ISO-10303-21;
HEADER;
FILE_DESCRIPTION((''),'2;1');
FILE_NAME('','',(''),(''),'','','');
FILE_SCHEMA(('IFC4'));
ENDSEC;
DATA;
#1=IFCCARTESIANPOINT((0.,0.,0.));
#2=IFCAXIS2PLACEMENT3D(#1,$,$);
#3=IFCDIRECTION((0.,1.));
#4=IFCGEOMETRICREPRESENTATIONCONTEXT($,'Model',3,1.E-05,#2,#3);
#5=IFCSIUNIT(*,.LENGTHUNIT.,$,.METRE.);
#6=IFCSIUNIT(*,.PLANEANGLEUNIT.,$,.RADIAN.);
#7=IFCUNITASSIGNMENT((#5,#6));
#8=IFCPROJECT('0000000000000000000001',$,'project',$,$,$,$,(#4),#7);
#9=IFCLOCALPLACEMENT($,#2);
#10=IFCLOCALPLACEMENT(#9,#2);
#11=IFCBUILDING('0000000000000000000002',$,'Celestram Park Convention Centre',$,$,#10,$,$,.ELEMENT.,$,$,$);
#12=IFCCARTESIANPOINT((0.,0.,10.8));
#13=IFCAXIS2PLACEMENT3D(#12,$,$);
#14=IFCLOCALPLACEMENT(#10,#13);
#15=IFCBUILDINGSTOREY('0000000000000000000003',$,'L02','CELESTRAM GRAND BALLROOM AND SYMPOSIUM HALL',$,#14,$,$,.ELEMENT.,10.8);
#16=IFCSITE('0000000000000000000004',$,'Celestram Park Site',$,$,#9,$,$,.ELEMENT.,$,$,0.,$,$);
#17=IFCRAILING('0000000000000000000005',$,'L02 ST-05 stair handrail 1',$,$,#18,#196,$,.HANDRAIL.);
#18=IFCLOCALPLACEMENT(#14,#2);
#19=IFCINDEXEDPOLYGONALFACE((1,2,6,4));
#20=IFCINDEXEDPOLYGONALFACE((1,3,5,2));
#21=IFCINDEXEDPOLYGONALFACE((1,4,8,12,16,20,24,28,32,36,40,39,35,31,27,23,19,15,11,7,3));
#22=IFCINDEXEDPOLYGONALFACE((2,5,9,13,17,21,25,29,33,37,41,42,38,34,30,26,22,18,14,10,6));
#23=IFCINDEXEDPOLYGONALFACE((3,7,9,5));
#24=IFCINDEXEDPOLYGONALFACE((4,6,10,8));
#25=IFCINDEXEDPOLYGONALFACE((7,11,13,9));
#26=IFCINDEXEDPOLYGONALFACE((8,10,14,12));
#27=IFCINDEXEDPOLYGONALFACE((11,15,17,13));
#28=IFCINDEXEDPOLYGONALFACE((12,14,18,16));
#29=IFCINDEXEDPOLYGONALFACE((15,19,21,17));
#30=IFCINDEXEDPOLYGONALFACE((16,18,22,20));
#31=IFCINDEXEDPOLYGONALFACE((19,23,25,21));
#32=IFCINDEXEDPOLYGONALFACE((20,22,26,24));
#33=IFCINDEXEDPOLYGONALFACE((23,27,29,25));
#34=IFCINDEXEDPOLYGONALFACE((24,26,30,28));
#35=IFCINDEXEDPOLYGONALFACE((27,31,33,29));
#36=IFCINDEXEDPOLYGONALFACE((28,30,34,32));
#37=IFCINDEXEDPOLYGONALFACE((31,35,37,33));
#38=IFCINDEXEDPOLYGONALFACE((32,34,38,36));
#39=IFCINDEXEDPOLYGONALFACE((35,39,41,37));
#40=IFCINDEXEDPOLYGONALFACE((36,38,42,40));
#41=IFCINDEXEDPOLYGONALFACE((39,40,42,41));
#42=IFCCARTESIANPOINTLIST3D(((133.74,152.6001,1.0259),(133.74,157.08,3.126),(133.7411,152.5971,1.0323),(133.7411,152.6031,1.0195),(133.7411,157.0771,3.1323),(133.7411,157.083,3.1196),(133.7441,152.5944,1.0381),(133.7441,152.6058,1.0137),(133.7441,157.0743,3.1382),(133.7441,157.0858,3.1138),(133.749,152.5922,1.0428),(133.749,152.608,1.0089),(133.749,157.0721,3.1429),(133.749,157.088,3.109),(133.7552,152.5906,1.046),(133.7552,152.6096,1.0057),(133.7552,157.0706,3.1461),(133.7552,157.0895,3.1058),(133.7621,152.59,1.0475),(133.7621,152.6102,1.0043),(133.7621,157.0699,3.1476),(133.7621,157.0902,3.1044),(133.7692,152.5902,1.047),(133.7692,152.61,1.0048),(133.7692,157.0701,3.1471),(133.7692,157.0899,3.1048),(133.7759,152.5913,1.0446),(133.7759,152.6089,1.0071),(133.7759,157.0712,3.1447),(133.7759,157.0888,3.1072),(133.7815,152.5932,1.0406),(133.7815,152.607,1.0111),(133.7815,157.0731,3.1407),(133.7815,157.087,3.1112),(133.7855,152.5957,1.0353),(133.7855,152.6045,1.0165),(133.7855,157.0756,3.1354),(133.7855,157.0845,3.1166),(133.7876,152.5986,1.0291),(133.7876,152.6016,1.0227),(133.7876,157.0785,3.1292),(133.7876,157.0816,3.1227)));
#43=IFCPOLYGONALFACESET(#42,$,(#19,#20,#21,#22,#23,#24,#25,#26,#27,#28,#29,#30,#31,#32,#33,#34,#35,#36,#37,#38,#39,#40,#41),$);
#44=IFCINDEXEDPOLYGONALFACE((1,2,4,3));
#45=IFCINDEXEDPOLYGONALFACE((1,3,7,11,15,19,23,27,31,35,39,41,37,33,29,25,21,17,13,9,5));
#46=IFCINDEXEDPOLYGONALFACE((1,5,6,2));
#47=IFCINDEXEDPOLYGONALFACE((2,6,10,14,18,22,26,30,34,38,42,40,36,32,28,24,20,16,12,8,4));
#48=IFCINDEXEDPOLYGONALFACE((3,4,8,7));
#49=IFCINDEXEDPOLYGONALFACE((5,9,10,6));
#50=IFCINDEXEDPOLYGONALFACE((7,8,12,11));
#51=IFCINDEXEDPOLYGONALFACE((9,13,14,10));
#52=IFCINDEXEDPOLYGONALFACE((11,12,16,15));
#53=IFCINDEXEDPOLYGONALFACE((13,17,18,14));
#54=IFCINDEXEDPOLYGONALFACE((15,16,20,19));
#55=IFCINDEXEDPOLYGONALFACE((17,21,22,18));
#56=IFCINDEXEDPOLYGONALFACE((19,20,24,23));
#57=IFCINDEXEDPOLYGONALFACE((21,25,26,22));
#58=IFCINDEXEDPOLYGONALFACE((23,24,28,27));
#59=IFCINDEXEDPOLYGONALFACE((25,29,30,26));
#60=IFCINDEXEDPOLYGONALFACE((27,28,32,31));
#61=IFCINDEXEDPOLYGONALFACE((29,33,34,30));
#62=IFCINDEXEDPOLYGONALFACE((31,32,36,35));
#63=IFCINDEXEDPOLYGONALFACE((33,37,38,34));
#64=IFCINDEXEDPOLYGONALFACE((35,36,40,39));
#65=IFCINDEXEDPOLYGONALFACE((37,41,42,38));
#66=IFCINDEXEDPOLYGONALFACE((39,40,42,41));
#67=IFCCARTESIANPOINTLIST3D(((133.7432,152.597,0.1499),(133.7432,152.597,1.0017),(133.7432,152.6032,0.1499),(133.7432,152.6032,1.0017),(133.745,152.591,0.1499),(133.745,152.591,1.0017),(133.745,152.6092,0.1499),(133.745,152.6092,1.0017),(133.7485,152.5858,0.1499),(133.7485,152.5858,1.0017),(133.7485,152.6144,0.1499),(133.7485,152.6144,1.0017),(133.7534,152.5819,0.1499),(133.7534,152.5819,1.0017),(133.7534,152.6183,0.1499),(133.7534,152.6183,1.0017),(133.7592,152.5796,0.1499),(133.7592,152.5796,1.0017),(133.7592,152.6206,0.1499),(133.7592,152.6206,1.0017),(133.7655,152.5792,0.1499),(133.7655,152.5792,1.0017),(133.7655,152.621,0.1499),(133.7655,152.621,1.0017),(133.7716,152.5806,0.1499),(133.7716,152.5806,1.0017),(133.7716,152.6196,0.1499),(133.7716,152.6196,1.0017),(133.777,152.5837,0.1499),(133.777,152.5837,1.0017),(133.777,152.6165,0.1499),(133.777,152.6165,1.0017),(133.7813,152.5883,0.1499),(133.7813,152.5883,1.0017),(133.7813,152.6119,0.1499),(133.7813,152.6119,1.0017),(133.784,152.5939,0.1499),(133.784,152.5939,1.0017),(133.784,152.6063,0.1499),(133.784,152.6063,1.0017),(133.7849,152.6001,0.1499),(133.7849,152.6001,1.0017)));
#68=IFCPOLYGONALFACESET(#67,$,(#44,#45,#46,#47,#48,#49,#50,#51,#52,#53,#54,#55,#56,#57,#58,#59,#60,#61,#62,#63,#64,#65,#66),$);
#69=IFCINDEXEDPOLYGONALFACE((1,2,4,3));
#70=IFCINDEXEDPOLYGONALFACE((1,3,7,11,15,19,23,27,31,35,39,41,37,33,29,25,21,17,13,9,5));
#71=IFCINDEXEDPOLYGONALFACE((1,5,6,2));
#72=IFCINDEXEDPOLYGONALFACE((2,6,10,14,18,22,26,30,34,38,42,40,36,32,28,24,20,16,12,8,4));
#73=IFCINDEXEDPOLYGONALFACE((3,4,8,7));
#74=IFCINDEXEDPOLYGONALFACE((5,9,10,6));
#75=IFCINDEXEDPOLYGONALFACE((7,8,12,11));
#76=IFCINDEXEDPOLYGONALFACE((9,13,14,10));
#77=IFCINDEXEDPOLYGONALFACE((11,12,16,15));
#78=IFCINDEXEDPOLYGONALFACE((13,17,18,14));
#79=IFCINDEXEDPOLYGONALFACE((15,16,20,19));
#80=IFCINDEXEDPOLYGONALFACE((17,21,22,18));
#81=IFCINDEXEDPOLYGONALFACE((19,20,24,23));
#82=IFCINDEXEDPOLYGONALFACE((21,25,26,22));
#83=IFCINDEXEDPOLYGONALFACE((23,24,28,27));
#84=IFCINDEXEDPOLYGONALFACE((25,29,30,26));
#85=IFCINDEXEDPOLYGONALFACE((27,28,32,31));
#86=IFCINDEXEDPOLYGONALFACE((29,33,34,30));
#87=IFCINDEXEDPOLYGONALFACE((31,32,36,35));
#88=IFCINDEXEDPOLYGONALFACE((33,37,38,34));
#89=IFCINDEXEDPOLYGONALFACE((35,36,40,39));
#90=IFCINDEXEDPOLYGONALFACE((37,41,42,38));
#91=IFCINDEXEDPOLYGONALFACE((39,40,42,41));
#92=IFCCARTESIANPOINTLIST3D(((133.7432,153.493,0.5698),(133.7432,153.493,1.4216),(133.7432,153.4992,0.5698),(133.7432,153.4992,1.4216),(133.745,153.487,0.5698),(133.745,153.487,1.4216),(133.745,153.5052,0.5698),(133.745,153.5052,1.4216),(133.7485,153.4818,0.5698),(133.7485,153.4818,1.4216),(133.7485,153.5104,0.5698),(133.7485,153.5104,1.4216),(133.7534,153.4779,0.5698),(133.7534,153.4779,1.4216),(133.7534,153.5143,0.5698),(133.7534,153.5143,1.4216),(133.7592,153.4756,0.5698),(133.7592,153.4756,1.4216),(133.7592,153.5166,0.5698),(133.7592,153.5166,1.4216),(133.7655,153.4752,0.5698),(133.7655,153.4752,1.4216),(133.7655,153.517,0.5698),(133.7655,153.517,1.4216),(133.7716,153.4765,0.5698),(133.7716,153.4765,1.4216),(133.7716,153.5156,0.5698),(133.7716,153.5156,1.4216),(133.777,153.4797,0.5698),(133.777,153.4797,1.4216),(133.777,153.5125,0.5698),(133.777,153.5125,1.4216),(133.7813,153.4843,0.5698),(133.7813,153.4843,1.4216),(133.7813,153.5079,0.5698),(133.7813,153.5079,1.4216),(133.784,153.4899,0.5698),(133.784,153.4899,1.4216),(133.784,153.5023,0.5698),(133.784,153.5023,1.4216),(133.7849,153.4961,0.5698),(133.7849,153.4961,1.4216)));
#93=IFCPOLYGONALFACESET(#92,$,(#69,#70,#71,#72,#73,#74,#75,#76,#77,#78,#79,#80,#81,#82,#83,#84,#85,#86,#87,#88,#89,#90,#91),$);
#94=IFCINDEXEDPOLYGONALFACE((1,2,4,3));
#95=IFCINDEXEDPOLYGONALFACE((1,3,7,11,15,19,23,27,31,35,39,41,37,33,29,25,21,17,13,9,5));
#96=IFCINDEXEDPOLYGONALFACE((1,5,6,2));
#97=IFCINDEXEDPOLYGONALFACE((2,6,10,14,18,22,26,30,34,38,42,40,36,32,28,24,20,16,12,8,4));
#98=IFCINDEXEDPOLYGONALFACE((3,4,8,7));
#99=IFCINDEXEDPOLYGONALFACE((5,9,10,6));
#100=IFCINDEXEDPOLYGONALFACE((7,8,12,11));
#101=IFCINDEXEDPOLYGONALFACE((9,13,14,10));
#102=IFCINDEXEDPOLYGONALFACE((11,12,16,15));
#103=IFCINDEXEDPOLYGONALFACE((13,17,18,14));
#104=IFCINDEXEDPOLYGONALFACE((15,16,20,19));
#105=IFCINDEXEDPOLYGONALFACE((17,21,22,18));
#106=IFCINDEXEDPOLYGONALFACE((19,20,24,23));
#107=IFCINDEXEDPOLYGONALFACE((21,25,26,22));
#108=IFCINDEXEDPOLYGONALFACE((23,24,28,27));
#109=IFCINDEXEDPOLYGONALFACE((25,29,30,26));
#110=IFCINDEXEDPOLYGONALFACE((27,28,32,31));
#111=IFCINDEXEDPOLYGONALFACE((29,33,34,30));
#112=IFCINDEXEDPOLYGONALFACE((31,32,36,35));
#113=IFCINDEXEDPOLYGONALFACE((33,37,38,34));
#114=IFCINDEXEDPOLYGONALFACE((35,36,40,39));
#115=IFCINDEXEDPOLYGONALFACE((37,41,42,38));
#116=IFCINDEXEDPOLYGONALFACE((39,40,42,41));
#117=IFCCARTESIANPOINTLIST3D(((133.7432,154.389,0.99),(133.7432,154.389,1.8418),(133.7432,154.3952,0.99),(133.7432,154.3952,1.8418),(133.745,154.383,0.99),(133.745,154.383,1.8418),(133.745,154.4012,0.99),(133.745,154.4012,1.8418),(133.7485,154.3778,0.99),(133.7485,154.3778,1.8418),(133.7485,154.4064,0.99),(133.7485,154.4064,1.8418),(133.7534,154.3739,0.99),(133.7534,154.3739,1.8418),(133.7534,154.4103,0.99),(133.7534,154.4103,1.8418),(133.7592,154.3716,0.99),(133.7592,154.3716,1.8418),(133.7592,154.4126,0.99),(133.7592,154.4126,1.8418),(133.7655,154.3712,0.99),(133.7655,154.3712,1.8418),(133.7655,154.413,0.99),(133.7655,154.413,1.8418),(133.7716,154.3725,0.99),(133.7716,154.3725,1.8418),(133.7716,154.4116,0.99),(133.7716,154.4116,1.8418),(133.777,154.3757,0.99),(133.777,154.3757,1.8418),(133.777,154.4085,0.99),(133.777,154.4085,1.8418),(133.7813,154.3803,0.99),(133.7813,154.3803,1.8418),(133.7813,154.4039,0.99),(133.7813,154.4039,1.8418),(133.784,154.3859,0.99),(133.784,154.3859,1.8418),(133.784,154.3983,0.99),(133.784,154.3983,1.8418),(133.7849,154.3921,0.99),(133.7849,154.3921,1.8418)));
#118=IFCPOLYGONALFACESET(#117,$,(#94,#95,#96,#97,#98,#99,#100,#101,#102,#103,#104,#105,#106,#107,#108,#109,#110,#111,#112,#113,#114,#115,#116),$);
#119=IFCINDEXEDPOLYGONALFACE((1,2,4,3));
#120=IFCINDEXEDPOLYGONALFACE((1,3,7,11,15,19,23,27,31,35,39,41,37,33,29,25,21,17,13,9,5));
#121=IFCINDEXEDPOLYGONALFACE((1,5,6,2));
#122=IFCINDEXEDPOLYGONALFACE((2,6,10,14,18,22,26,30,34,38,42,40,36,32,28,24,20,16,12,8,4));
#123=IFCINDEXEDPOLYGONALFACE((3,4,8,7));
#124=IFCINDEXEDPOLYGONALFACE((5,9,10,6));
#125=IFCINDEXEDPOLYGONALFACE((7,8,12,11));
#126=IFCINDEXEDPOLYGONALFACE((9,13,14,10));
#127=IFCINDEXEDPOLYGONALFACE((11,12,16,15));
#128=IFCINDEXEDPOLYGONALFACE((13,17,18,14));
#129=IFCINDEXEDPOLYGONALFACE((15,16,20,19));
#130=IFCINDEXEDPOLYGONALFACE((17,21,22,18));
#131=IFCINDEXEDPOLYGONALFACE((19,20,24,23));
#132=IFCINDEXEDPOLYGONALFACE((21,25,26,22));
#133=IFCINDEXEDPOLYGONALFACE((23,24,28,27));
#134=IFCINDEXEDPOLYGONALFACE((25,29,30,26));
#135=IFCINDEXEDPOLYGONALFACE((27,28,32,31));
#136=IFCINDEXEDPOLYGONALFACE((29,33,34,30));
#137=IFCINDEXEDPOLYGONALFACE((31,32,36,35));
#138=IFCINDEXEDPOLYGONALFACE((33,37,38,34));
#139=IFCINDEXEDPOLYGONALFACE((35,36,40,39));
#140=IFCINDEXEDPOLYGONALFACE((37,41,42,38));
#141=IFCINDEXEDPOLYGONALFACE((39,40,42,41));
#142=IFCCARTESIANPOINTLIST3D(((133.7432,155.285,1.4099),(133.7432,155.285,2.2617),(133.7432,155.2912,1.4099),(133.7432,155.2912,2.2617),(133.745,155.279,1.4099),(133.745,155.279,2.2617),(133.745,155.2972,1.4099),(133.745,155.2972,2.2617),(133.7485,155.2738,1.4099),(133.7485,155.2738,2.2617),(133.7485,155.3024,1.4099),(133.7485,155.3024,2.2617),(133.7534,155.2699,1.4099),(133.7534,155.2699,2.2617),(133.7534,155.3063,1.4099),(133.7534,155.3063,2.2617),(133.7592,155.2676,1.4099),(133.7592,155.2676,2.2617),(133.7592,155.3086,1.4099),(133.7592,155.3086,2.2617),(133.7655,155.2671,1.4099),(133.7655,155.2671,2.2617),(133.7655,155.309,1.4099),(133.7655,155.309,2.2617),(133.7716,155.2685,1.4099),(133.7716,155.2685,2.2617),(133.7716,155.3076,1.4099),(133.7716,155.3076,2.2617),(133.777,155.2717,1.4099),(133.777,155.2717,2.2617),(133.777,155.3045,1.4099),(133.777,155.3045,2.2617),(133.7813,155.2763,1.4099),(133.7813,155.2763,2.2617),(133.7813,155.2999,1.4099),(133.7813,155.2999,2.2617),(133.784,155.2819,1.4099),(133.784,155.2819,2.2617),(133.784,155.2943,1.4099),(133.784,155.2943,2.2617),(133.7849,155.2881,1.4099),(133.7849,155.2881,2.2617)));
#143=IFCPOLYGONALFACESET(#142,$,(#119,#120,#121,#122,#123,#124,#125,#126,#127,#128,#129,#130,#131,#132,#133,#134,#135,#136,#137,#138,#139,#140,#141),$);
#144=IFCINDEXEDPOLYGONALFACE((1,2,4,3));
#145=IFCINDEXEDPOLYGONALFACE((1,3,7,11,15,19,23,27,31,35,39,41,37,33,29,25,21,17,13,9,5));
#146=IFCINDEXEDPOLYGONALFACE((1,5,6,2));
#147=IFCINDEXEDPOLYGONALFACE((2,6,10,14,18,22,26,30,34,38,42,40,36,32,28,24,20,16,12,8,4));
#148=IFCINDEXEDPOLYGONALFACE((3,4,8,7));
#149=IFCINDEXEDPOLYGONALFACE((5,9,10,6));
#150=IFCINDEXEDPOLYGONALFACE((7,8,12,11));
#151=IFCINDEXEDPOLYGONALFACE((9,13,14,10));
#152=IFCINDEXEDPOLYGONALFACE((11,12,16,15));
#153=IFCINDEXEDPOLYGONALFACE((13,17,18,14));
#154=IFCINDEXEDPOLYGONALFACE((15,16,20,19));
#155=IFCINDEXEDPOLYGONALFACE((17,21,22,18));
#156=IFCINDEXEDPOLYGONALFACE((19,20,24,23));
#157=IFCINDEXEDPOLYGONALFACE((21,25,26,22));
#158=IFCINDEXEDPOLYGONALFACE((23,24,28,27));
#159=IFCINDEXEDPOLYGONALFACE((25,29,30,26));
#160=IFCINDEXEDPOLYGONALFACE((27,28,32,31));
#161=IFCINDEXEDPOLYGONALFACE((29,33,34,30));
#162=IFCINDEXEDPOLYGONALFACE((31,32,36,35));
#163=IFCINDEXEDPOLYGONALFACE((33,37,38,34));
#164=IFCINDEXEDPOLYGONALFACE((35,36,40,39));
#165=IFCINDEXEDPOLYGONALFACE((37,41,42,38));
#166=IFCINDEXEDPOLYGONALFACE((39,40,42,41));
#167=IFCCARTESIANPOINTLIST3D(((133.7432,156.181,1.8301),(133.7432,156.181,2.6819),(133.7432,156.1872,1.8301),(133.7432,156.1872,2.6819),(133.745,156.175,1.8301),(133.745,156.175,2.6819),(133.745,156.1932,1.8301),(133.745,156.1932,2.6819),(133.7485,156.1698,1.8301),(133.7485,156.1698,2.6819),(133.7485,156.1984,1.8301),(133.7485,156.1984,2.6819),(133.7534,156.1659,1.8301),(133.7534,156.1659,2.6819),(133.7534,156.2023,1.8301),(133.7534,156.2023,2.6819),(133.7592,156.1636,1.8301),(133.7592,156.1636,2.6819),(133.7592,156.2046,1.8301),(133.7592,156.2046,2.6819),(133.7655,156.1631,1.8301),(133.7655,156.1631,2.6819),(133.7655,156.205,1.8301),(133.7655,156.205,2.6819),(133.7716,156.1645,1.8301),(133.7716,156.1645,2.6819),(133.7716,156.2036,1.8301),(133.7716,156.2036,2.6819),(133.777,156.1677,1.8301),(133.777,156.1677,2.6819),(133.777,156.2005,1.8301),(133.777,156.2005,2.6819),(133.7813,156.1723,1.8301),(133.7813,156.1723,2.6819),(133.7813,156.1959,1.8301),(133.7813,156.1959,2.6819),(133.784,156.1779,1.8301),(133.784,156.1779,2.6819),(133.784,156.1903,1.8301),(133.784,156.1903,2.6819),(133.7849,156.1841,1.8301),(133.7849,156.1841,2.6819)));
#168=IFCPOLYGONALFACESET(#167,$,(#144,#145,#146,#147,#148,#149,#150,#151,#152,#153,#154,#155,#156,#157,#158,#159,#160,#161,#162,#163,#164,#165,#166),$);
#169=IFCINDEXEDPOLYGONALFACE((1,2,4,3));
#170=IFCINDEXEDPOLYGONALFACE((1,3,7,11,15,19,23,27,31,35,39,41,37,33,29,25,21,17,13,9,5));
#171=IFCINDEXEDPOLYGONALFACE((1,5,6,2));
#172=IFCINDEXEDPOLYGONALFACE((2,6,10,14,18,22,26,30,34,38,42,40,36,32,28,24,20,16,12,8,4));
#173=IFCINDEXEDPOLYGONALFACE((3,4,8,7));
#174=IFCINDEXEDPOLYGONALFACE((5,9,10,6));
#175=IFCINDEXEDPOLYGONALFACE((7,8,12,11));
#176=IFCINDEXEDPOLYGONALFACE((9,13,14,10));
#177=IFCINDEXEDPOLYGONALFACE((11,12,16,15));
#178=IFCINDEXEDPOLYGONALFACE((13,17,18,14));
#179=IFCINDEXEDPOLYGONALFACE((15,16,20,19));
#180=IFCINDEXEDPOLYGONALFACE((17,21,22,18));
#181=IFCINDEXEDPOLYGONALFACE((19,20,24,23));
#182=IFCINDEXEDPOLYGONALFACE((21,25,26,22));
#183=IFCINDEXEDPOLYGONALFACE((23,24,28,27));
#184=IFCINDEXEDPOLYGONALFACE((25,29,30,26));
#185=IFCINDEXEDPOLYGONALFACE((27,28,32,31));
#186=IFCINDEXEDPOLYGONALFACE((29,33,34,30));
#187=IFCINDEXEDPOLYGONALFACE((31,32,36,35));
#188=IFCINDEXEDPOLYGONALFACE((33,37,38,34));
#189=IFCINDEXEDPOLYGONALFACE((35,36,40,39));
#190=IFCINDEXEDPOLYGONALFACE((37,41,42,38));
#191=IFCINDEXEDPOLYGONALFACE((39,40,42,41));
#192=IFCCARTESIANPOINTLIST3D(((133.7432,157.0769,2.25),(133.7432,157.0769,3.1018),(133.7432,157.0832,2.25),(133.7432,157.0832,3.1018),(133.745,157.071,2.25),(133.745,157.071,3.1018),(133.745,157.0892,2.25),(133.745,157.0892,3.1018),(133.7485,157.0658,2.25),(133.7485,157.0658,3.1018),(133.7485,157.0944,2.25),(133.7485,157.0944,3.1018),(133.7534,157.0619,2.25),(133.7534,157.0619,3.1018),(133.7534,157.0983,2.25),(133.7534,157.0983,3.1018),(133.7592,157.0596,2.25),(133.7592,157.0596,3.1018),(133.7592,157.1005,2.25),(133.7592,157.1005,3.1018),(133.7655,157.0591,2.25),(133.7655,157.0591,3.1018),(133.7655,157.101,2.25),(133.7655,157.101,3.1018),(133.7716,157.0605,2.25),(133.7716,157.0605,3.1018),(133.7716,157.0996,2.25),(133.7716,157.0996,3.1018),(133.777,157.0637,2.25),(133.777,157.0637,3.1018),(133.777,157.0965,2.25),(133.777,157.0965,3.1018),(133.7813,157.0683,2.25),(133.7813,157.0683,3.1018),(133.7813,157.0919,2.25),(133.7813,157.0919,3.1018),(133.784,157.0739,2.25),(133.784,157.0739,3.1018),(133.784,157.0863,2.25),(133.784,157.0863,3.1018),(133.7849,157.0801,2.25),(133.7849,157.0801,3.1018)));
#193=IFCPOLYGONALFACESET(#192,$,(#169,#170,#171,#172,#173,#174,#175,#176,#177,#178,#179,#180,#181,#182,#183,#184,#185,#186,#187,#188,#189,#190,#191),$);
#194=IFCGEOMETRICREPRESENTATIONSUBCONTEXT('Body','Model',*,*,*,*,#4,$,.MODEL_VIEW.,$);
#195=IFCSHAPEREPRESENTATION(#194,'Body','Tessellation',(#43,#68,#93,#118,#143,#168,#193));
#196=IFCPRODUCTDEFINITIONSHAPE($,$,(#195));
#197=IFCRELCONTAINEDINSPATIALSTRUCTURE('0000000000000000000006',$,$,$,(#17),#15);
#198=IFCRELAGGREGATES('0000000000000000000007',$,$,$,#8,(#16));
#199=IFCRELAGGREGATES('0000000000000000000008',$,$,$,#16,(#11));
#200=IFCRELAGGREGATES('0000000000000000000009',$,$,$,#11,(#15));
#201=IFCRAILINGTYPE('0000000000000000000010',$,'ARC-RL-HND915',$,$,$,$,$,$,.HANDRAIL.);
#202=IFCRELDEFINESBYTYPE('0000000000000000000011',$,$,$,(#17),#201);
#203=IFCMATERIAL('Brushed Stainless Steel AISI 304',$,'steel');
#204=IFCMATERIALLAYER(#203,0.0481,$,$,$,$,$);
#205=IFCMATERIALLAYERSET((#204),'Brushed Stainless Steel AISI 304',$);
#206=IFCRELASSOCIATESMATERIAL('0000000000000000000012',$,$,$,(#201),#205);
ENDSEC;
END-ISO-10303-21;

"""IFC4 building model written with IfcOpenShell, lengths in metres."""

from ifc_helpers import new_model, si_unit, direction, frame, origin, origin_2d, place, context, subcontext, project, spatial, circle, extrude, material, layer, layer_set, type_object, element, save


model = new_model("IFC4")

# Units and contexts
model_context = context("Model", 3, precision=1e-05, world=origin(), true_north=direction((0.0, 1.0)))
body_context = subcontext(model_context, "Body", "Model", "MODEL_VIEW")
ifc_project = project(units=[si_unit("LENGTHUNIT", "METRE"), si_unit("PLANEANGLEUNIT", "RADIAN")], contexts=[model_context])

# Site, building, storey
site_placement = place(None, origin())
site = spatial("IfcSite", under=ifc_project, at=site_placement, Name="Celestram Park Site", CompositionType="ELEMENT", RefElevation=0.0)
building_placement = place(site_placement, origin())
building = spatial("IfcBuilding", under=site, at=building_placement, Name="Celestram Park Convention Centre", CompositionType="ELEMENT")
storey_placement = place(building_placement, frame((0.0, 0.0, 10.8)))
storey = spatial("IfcBuildingStorey", under=building, at=storey_placement, Name="L02", Description="CELESTRAM GRAND BALLROOM AND SYMPOSIUM HALL", CompositionType="ELEMENT", Elevation=10.8)

# Railing
ifc_material_1 = material(Name="Brushed Stainless Steel AISI 304", Category="steel")
ifc_layer_1 = layer(ifc_material_1, 0.0481)
ifc_layer_set_1 = layer_set([ifc_layer_1], Name="Brushed Stainless Steel AISI 304")
railing_type_1 = type_object("IfcRailingType", Name="ARC-RL-HND915", PredefinedType="HANDRAIL", material=ifc_layer_set_1)
railing_1_placement = place(storey_placement, frame((133.7639, 152.6001, 0.1499)))
element("IfcRailing", 1, at=railing_1_placement, inside=storey, type_object=railing_type_1, Name="L02 ST-05 stair handrail 1", PredefinedType="HANDRAIL", context=body_context, shape_type="SweptSolid", body=[
    extrude(circle(Radius=0.0239, at=origin_2d()), frame((0.0, 0.0, 0.876), z_axis=(0.0, 0.905451, 0.424452), x_axis=(-1.0, 0.0, 0.0)), (0.0, 0.0, 1.0), 4.9478),
    extrude(circle(Radius=0.021, at=origin_2d()), origin(), (0.0, 0.0, 1.0), 0.8518),
    extrude(circle(Radius=0.021, at=origin_2d()), frame((0.0, 0.896, 0.4199)), (0.0, 0.0, 1.0), 0.8518),
    extrude(circle(Radius=0.021, at=origin_2d()), frame((0.0, 1.792, 0.8401)), (0.0, 0.0, 1.0), 0.8518),
    extrude(circle(Radius=0.021, at=origin_2d()), frame((0.0, 2.688, 1.26)), (0.0, 0.0, 1.0), 0.8518),
    extrude(circle(Radius=0.021, at=origin_2d()), frame((0.0, 3.584, 1.6802)), (0.0, 0.0, 1.0), 0.8518),
    extrude(circle(Radius=0.021, at=origin_2d()), frame((0.0, 4.48, 2.1001)), (0.0, 0.0, 1.0), 0.8518),
])

save(model, "model.ifc")
